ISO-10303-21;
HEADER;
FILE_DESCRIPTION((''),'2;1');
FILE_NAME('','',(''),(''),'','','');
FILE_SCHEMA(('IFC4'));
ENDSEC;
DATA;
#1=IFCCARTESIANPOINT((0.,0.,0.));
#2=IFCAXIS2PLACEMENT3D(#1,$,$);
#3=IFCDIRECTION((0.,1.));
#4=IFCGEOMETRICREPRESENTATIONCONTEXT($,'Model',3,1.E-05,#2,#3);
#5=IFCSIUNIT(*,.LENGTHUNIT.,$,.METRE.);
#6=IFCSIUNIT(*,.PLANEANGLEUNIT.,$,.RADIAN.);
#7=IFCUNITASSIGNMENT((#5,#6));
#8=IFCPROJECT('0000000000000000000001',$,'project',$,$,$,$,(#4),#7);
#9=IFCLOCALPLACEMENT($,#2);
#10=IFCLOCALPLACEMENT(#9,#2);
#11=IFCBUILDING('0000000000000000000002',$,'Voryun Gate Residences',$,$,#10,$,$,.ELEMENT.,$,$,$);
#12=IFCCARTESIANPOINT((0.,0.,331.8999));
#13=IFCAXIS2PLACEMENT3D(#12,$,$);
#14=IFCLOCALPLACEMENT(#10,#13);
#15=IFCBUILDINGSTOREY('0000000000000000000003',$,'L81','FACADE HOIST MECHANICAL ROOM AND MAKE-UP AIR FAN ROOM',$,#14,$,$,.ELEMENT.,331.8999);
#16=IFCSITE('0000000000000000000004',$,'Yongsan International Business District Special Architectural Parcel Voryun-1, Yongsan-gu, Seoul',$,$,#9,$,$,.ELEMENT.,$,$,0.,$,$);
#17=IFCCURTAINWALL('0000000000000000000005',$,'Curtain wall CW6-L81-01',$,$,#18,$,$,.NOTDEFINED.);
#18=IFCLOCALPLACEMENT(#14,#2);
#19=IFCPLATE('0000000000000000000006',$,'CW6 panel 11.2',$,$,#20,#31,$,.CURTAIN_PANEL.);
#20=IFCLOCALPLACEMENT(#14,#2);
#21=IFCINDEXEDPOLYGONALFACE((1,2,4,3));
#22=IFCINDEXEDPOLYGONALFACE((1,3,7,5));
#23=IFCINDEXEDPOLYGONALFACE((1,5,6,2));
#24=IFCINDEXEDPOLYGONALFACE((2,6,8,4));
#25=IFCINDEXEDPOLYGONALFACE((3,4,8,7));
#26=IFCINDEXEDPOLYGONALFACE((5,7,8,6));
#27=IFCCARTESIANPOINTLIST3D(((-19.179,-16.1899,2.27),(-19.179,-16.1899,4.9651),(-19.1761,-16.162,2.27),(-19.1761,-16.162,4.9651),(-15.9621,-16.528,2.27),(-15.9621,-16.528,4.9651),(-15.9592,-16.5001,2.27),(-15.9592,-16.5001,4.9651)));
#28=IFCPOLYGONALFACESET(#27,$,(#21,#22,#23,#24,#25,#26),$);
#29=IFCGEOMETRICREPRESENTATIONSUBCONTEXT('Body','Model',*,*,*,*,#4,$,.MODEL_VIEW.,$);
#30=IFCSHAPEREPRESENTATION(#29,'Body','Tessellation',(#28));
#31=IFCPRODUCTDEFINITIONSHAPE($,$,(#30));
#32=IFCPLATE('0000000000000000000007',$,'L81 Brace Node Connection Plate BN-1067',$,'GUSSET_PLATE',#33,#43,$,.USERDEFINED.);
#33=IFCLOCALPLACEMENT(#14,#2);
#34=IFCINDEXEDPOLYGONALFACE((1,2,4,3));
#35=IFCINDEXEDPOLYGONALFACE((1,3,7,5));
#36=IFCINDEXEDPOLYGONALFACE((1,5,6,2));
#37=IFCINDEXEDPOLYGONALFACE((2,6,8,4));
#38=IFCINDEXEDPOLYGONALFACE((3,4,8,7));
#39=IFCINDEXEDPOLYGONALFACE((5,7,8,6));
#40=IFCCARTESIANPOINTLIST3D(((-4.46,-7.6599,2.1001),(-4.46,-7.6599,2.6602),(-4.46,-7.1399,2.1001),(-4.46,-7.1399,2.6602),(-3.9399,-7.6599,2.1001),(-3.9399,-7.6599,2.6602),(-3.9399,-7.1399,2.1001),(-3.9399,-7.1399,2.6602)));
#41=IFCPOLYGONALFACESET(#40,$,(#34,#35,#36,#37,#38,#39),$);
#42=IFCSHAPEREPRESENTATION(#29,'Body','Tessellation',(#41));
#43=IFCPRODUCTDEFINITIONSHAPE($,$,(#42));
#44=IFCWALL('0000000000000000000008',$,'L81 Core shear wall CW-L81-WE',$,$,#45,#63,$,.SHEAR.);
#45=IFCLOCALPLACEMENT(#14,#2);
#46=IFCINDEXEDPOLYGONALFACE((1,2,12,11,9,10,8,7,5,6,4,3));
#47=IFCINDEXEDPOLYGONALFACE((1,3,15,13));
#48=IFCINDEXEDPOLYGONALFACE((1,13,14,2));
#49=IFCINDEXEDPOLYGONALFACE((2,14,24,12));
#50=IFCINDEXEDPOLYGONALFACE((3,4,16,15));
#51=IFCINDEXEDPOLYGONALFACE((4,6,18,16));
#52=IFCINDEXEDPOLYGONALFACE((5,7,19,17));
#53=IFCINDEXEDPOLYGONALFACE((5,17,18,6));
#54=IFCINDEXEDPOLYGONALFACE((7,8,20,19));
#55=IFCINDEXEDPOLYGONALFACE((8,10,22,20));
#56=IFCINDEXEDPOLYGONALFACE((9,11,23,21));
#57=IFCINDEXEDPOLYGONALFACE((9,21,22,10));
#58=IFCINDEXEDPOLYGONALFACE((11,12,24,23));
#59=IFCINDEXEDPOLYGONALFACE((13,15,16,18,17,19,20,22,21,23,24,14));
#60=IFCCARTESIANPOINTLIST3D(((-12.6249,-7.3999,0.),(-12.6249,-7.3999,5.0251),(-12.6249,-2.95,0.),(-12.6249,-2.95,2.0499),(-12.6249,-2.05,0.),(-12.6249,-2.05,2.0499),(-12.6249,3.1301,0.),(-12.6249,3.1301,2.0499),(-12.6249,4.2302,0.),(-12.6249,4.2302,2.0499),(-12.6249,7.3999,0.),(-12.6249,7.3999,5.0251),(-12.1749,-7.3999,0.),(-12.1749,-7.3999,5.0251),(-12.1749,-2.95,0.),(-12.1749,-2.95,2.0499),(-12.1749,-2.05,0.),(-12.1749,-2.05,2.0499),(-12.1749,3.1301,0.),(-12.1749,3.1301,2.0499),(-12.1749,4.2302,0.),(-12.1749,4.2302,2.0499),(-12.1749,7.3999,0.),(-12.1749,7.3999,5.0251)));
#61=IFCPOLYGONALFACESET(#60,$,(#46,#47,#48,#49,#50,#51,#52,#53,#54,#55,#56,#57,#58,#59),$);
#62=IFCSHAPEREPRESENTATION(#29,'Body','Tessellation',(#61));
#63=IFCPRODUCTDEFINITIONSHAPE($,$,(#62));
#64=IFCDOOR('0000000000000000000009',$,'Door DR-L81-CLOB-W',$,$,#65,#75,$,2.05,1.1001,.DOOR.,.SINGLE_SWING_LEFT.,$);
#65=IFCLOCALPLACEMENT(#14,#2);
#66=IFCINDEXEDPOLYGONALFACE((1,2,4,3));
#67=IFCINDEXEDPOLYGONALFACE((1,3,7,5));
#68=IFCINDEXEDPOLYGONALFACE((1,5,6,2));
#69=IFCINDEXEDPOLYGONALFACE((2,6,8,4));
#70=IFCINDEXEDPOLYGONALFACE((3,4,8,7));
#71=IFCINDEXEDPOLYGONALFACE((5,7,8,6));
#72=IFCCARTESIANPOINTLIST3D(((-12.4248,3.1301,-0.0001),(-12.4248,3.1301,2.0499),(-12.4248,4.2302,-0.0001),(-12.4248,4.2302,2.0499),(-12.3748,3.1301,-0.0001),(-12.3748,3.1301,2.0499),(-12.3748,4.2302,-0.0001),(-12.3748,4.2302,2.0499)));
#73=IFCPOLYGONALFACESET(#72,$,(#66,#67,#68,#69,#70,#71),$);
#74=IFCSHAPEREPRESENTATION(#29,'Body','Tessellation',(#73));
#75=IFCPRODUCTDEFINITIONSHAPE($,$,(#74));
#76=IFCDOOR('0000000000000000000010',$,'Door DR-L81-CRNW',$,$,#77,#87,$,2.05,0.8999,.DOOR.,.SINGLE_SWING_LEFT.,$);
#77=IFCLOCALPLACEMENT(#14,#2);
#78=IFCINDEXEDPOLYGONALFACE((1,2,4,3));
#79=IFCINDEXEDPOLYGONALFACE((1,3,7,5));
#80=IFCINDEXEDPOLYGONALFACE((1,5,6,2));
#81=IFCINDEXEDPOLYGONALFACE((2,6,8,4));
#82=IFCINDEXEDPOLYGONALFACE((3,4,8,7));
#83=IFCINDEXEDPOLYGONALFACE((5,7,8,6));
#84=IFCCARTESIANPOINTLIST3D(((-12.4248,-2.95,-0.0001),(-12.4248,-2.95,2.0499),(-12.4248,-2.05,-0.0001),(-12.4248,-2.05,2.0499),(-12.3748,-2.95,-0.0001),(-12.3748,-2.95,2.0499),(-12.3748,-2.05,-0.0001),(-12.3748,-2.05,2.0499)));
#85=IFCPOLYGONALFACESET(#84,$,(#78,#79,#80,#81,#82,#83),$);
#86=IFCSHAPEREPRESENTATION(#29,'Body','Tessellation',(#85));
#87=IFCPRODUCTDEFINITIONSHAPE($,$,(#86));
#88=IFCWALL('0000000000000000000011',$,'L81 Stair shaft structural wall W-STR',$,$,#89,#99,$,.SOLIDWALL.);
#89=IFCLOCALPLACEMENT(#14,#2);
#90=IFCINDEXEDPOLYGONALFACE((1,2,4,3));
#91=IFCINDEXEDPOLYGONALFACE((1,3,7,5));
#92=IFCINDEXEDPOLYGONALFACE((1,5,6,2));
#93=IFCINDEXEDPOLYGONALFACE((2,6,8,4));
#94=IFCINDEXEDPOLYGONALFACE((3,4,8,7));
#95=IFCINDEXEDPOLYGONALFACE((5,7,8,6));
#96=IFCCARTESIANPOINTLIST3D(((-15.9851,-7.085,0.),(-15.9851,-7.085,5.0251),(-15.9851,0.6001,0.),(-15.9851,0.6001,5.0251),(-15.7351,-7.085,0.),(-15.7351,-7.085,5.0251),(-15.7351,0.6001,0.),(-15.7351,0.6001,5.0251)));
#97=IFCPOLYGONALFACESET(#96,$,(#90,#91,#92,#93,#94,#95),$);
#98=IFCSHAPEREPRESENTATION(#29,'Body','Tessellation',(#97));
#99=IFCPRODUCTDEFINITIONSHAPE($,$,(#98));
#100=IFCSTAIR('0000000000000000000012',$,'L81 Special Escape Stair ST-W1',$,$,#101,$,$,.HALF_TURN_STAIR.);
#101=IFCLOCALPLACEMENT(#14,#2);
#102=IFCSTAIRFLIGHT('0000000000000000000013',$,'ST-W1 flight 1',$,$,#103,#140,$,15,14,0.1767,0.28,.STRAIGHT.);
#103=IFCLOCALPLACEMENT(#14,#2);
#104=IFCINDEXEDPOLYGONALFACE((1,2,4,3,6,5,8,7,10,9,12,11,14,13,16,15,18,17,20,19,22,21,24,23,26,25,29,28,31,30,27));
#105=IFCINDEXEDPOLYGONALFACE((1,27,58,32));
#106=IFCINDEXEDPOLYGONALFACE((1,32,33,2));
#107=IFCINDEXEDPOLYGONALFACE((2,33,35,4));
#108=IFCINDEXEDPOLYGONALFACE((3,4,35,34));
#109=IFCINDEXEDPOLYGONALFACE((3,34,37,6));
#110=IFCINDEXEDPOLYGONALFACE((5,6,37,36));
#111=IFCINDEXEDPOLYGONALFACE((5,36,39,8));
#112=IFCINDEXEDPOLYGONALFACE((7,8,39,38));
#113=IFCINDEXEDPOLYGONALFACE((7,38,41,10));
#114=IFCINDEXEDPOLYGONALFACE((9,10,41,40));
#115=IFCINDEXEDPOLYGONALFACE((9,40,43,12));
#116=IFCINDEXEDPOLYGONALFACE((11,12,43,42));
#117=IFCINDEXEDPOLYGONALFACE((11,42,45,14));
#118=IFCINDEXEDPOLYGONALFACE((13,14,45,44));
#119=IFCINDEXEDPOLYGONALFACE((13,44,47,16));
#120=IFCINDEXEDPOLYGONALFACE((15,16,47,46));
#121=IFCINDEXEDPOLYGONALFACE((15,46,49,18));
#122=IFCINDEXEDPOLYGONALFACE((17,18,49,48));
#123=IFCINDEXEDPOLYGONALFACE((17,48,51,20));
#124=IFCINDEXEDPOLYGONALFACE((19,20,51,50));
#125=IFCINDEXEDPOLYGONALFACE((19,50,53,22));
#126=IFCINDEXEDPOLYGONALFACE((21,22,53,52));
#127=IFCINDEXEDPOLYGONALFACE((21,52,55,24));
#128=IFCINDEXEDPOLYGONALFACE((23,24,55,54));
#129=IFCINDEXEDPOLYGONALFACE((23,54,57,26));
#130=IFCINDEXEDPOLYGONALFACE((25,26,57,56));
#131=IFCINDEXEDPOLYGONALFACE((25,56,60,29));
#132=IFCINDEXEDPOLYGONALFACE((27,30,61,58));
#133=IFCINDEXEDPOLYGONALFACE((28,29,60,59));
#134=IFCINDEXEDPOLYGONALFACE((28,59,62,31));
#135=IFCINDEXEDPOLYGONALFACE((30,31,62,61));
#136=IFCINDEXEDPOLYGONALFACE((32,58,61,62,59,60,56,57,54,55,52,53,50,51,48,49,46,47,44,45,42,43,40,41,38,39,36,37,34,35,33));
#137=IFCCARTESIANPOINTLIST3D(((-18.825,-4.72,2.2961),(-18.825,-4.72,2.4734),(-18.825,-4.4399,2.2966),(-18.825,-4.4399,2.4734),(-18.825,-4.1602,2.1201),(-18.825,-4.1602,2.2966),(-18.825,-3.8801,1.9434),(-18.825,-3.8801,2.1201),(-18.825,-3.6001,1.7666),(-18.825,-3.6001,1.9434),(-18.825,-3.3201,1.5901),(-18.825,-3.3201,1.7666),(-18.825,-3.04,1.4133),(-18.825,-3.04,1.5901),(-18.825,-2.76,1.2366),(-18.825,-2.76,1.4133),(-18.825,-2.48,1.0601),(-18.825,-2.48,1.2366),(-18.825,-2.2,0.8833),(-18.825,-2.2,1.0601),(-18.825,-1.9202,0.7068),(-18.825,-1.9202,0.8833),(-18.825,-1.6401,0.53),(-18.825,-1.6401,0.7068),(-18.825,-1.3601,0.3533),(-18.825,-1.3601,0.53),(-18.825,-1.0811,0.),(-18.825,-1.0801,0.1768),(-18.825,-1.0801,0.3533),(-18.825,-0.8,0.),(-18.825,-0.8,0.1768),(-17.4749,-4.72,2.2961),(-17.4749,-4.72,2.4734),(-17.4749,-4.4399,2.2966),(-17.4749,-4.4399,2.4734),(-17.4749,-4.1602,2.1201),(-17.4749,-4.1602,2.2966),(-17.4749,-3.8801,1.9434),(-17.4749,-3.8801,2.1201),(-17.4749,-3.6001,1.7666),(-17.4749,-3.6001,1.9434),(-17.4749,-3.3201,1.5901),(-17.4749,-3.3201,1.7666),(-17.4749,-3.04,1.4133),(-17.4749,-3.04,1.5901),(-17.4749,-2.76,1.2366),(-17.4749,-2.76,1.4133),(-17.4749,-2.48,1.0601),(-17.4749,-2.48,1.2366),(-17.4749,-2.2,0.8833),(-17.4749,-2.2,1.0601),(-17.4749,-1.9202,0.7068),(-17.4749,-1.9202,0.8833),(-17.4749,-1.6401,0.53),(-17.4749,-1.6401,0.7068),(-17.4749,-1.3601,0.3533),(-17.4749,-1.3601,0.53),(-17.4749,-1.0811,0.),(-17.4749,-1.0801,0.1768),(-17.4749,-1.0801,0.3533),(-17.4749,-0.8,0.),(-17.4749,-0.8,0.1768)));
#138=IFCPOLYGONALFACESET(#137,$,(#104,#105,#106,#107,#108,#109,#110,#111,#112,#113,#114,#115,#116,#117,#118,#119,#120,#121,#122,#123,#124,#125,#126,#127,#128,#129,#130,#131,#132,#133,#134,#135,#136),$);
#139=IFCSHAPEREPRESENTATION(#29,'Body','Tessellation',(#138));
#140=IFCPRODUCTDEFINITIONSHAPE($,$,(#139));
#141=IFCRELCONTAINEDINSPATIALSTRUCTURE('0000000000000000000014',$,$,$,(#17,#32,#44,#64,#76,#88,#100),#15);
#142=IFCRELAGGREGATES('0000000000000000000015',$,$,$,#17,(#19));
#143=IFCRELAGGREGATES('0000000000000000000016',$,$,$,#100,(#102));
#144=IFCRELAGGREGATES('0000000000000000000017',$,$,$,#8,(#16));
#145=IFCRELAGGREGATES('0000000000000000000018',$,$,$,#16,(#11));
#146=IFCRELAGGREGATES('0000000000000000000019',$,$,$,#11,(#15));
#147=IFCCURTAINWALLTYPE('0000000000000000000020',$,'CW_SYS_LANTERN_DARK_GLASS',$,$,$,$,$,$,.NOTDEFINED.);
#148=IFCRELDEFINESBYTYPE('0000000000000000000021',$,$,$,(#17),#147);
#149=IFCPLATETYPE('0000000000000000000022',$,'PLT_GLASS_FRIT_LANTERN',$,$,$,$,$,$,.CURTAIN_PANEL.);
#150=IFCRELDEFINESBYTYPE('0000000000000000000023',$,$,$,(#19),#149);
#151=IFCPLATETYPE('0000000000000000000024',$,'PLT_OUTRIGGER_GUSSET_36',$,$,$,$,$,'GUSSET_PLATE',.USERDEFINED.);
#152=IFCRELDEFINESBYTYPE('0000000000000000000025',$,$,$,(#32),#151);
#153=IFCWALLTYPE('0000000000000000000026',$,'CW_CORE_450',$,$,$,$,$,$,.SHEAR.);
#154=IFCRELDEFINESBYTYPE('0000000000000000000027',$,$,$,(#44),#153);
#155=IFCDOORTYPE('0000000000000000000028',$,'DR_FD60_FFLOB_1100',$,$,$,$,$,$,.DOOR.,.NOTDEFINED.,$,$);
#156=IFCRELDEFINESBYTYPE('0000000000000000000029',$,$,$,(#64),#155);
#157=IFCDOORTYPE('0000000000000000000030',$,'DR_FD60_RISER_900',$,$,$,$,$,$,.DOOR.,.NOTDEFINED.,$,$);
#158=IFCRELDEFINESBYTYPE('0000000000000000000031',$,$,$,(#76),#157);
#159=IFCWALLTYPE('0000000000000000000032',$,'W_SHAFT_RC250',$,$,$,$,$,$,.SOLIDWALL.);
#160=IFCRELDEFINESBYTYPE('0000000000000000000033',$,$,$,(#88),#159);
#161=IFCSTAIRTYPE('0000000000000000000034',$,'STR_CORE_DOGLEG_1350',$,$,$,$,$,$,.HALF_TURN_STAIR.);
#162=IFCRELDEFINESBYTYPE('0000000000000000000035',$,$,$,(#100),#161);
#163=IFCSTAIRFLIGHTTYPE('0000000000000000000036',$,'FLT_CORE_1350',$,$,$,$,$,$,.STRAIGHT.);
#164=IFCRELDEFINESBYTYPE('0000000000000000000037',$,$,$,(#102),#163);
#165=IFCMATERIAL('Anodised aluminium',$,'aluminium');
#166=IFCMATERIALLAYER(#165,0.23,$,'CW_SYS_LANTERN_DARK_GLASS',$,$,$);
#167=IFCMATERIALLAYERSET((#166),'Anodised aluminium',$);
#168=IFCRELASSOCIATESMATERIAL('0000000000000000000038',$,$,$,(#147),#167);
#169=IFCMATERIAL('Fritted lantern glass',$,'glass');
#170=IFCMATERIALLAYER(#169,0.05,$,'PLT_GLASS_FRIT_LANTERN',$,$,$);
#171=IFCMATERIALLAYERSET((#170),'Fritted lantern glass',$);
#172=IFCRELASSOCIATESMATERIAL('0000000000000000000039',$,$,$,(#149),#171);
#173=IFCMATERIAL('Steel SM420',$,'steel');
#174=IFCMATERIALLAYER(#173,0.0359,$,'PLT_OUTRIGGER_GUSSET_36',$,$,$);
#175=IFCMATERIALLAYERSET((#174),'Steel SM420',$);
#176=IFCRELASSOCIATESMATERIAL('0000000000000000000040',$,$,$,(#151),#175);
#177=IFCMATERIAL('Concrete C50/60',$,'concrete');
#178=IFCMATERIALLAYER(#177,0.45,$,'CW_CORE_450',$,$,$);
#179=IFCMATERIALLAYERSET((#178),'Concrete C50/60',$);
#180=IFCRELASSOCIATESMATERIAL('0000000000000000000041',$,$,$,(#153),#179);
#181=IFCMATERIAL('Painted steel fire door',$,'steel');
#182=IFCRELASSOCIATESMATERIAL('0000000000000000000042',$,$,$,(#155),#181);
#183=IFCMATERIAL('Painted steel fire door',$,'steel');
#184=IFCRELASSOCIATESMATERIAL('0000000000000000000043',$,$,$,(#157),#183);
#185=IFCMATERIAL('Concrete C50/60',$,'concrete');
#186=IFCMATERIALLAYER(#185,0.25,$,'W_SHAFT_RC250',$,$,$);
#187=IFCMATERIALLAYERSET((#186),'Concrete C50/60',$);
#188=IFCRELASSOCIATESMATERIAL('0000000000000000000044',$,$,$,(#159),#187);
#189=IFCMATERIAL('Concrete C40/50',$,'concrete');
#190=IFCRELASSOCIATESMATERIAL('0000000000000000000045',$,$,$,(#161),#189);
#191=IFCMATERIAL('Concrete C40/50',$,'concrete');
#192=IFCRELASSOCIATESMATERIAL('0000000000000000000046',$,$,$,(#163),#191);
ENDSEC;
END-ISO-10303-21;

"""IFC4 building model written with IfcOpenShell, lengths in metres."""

from ifc_helpers import new_model, si_unit, direction, frame, frame_2d, origin, origin_2d, place, context, subcontext, project, spatial, polyline, rectangle, outline, extrude, material, layer, layer_set, type_object, element, fill, aggregate, save


model = new_model("IFC4")

# Units and contexts
model_context = context("Model", 3, precision=1e-05, world=origin(), true_north=direction((0.0, 1.0)))
body_context = subcontext(model_context, "Body", "Model", "MODEL_VIEW")
ifc_project = project(units=[si_unit("LENGTHUNIT", "METRE"), si_unit("PLANEANGLEUNIT", "RADIAN")], contexts=[model_context])

# Site, building, storey
site_placement = place(None, origin())
site = spatial("IfcSite", under=ifc_project, at=site_placement, Name="Yongsan International Business District Special Architectural Parcel Voryun-1, Yongsan-gu, Seoul", CompositionType="ELEMENT", RefElevation=0.0)
building_placement = place(site_placement, origin())
building = spatial("IfcBuilding", under=site, at=building_placement, Name="Voryun Gate Residences", CompositionType="ELEMENT")
storey_placement = place(building_placement, frame((0.0, 0.0, 331.8999)))
storey = spatial("IfcBuildingStorey", under=building, at=storey_placement, Name="L81", Description="FACADE HOIST MECHANICAL ROOM AND MAKE-UP AIR FAN ROOM", CompositionType="ELEMENT", Elevation=331.8999)

# Curtain wall
ifc_material_1 = material(Name="Anodised aluminium", Category="aluminium")
ifc_layer_1 = layer(ifc_material_1, 0.23, Name="CW_SYS_LANTERN_DARK_GLASS")
ifc_layer_set_1 = layer_set([ifc_layer_1], Name="Anodised aluminium")
curtain_wall_type = type_object("IfcCurtainWallType", Name="CW_SYS_LANTERN_DARK_GLASS", PredefinedType="NOTDEFINED", material=ifc_layer_set_1)
curtain_wall_placement = place(storey_placement, origin())
curtain_wall = element("IfcCurtainWall", 1, at=curtain_wall_placement, inside=storey, type_object=curtain_wall_type, Name="Curtain wall CW6-L81-01", PredefinedType="NOTDEFINED")

# Plates
ifc_material_2 = material(Name="Fritted lantern glass", Category="glass")
ifc_layer_2 = layer(ifc_material_2, 0.05, Name="PLT_GLASS_FRIT_LANTERN")
ifc_layer_set_2 = layer_set([ifc_layer_2], Name="Fritted lantern glass")
plate_type_1 = type_object("IfcPlateType", Name="PLT_GLASS_FRIT_LANTERN", PredefinedType="CURTAIN_PANEL", material=ifc_layer_set_2)
plate_1_placement = place(storey_placement, frame((-17.5691, -16.345, 2.27), z_axis=(0.0, 0.0, 1.0), x_axis=(-0.994522, 0.104528, 0.0)))
plate_1 = element("IfcPlate", 2, at=plate_1_placement, type_object=plate_type_1, Name="CW6 panel 11.2", PredefinedType="CURTAIN_PANEL", context=body_context, shape_type="SweptSolid", body=[
    extrude(rectangle(XDim=3.2346, YDim=0.0281, at=origin_2d()), origin(), (0.0, 0.0, 1.0), 2.6951),
])
aggregate(curtain_wall, [plate_1])
ifc_material_3 = material(Name="Steel SM420", Category="steel")
ifc_layer_3 = layer(ifc_material_3, 0.0359, Name="PLT_OUTRIGGER_GUSSET_36")
ifc_layer_set_3 = layer_set([ifc_layer_3], Name="Steel SM420")
plate_type_2 = type_object("IfcPlateType", Name="PLT_OUTRIGGER_GUSSET_36", ElementType="GUSSET_PLATE", PredefinedType="USERDEFINED", material=ifc_layer_set_3)
plate_2_placement = place(storey_placement, frame((-4.2, -7.3999, 2.1001), z_axis=(0.0, 0.0, 1.0), x_axis=(1.0, 0.0, 0.0)))
element("IfcPlate", 3, at=plate_2_placement, inside=storey, type_object=plate_type_2, Name="L81 Brace Node Connection Plate BN-1067", ObjectType="GUSSET_PLATE", PredefinedType="USERDEFINED", context=body_context, shape_type="SweptSolid", body=[
    extrude(rectangle(XDim=0.52, YDim=0.52, at=origin_2d()), origin(), (0.0, 0.0, 1.0), 0.5601),
])

# Wall, openings, doors
ifc_material_4 = material(Name="Concrete C50/60", Category="concrete")
ifc_layer_4 = layer(ifc_material_4, 0.45, Name="CW_CORE_450")
ifc_layer_set_4 = layer_set([ifc_layer_4], Name="Concrete C50/60")
wall_type_1 = type_object("IfcWallType", Name="CW_CORE_450", PredefinedType="SHEAR", material=ifc_layer_set_4)
wall_1_placement = place(storey_placement, frame((-12.3999, -7.3999, 0.0), z_axis=(0.0, 0.0, 1.0), x_axis=(0.0, 1.0, 0.0)))
wall_1 = element("IfcWall", 4, at=wall_1_placement, inside=storey, type_object=wall_type_1, Name="L81 Core shear wall CW-L81-WE", PredefinedType="SHEAR", context=body_context, shape_type="SweptSolid", body=[
    extrude(rectangle(XDim=14.7998, YDim=0.45, at=frame_2d((7.3999, 0.0))), origin(), (0.0, 0.0, 1.0), 5.0251),
])
opening_1_placement = place(wall_1_placement, frame((10.53, 0.0, 0.0)))
opening_1 = element("IfcOpeningElement", 5, at=opening_1_placement, cuts=wall_1, PredefinedType="OPENING", context=body_context, shape_type="SweptSolid", body=[
    extrude(rectangle(XDim=1.1001, YDim=2.05, at=frame_2d((0.55, 1.0249))), frame((0.0, 0.2351, 0.0), z_axis=(0.0, -1.0, 0.0), x_axis=(1.0, 0.0, 0.0)), (0.0, 0.0, 1.0), 0.47),
])
opening_2_placement = place(wall_1_placement, frame((4.45, 0.0, 0.0)))
opening_2 = element("IfcOpeningElement", 6, at=opening_2_placement, cuts=wall_1, PredefinedType="OPENING", context=body_context, shape_type="SweptSolid", body=[
    extrude(rectangle(XDim=0.8999, YDim=2.05, at=frame_2d((0.45, 1.0249))), frame((0.0, 0.2351, 0.0), z_axis=(0.0, -1.0, 0.0), x_axis=(1.0, 0.0, 0.0)), (0.0, 0.0, 1.0), 0.47),
])
ifc_material_5 = material(Name="Painted steel fire door", Category="steel")
door_type_1 = type_object("IfcDoorType", Name="DR_FD60_FFLOB_1100", OperationType="NOTDEFINED", PredefinedType="DOOR", material=ifc_material_5)
door_1_placement = place(opening_1_placement, origin())
door_1 = element("IfcDoor", 7, at=door_1_placement, inside=storey, type_object=door_type_1, Name="Door DR-L81-CLOB-W", OperationType="SINGLE_SWING_LEFT", OverallHeight=2.05, OverallWidth=1.1001, PredefinedType="DOOR", context=body_context, shape_type="SweptSolid", body=[
    extrude(rectangle(XDim=1.1001, YDim=2.05, at=frame_2d((0.55, 1.0249))), frame((0.0, 0.0249, 0.0), z_axis=(0.0, -1.0, 0.0), x_axis=(1.0, 0.0, 0.0)), (0.0, 0.0, 1.0), 0.05),
])
fill(opening_1, door_1)
ifc_material_6 = material(Name="Painted steel fire door", Category="steel")
door_type_2 = type_object("IfcDoorType", Name="DR_FD60_RISER_900", OperationType="NOTDEFINED", PredefinedType="DOOR", material=ifc_material_6)
door_2_placement = place(opening_2_placement, origin())
door_2 = element("IfcDoor", 8, at=door_2_placement, inside=storey, type_object=door_type_2, Name="Door DR-L81-CRNW", OperationType="SINGLE_SWING_LEFT", OverallHeight=2.05, OverallWidth=0.8999, PredefinedType="DOOR", context=body_context, shape_type="SweptSolid", body=[
    extrude(rectangle(XDim=0.8999, YDim=2.05, at=frame_2d((0.45, 1.0249))), frame((0.0, 0.0249, 0.0), z_axis=(0.0, -1.0, 0.0), x_axis=(1.0, 0.0, 0.0)), (0.0, 0.0, 1.0), 0.05),
])
fill(opening_2, door_2)

# Wall
ifc_material_7 = material(Name="Concrete C50/60", Category="concrete")
ifc_layer_5 = layer(ifc_material_7, 0.25, Name="W_SHAFT_RC250")
ifc_layer_set_5 = layer_set([ifc_layer_5], Name="Concrete C50/60")
wall_type_2 = type_object("IfcWallType", Name="W_SHAFT_RC250", PredefinedType="SOLIDWALL", material=ifc_layer_set_5)
wall_2_placement = place(storey_placement, frame((-15.8601, -7.085, 0.0), z_axis=(0.0, 0.0, 1.0), x_axis=(0.0, 1.0, 0.0)))
element("IfcWall", 9, at=wall_2_placement, inside=storey, type_object=wall_type_2, Name="L81 Stair shaft structural wall W-STR", PredefinedType="SOLIDWALL", context=body_context, shape_type="SweptSolid", body=[
    extrude(rectangle(XDim=7.6851, YDim=0.25, at=frame_2d((3.8425, 0.0))), origin(), (0.0, 0.0, 1.0), 5.0251),
])

# Stair, stair flight
ifc_material_8 = material(Name="Concrete C40/50", Category="concrete")
stair_type = type_object("IfcStairType", Name="STR_CORE_DOGLEG_1350", PredefinedType="HALF_TURN_STAIR", material=ifc_material_8)
stair_placement = place(storey_placement, origin())
stair = element("IfcStair", 10, at=stair_placement, inside=storey, type_object=stair_type, Name="L81 Special Escape Stair ST-W1", PredefinedType="HALF_TURN_STAIR")
ifc_material_9 = material(Name="Concrete C40/50", Category="concrete")
stair_flight_type = type_object("IfcStairFlightType", Name="FLT_CORE_1350", PredefinedType="STRAIGHT", material=ifc_material_9)
stair_flight_1_placement = place(storey_placement, frame((-18.1499, -0.8, 0.0), z_axis=(0.0, 0.0, 1.0), x_axis=(0.0, -1.0, 0.0)))
stair_flight_1 = element("IfcStairFlight", 11, at=stair_flight_1_placement, type_object=stair_flight_type, Name="ST-W1 flight 1", NumberOfRisers=15, NumberOfTreads=14, PredefinedType="STRAIGHT", RiserHeight=0.1767, TreadLength=0.28, context=body_context, shape_type="SweptSolid", body=[
    extrude(outline(polyline([(0.0, 0.0), (0.0, 0.1768), (0.28, 0.1768), (0.28, 0.3533), (0.5601, 0.3533), (0.5601, 0.53), (0.8401, 0.53), (0.8401, 0.7068), (1.1201, 0.7068), (1.1201, 0.8833), (1.3999, 0.8833), (1.3999, 1.0601), (1.6799, 1.0601), (1.6799, 1.2366), (1.96, 1.2366), (1.96, 1.4133), (2.24, 1.4133), (2.24, 1.5901), (2.52, 1.5901), (2.52, 1.7666), (2.8, 1.7666), (2.8, 1.9434), (3.0801, 1.9434), (3.0801, 2.1201), (3.3601, 2.1201), (3.3601, 2.2966), (3.6399, 2.2966), (3.6399, 2.4734), (3.9199, 2.4734), (3.9199, 2.6499), (3.9199, 2.2961), (0.281, 0.0), (0.0, 0.0)])), frame((0.0, 0.675, 0.0), z_axis=(0.0, -1.0, 0.0), x_axis=(1.0, 0.0, 0.0)), (0.0, 0.0, 1.0), 1.3501),
])
aggregate(stair, [stair_flight_1])

save(model, "model.ifc")
